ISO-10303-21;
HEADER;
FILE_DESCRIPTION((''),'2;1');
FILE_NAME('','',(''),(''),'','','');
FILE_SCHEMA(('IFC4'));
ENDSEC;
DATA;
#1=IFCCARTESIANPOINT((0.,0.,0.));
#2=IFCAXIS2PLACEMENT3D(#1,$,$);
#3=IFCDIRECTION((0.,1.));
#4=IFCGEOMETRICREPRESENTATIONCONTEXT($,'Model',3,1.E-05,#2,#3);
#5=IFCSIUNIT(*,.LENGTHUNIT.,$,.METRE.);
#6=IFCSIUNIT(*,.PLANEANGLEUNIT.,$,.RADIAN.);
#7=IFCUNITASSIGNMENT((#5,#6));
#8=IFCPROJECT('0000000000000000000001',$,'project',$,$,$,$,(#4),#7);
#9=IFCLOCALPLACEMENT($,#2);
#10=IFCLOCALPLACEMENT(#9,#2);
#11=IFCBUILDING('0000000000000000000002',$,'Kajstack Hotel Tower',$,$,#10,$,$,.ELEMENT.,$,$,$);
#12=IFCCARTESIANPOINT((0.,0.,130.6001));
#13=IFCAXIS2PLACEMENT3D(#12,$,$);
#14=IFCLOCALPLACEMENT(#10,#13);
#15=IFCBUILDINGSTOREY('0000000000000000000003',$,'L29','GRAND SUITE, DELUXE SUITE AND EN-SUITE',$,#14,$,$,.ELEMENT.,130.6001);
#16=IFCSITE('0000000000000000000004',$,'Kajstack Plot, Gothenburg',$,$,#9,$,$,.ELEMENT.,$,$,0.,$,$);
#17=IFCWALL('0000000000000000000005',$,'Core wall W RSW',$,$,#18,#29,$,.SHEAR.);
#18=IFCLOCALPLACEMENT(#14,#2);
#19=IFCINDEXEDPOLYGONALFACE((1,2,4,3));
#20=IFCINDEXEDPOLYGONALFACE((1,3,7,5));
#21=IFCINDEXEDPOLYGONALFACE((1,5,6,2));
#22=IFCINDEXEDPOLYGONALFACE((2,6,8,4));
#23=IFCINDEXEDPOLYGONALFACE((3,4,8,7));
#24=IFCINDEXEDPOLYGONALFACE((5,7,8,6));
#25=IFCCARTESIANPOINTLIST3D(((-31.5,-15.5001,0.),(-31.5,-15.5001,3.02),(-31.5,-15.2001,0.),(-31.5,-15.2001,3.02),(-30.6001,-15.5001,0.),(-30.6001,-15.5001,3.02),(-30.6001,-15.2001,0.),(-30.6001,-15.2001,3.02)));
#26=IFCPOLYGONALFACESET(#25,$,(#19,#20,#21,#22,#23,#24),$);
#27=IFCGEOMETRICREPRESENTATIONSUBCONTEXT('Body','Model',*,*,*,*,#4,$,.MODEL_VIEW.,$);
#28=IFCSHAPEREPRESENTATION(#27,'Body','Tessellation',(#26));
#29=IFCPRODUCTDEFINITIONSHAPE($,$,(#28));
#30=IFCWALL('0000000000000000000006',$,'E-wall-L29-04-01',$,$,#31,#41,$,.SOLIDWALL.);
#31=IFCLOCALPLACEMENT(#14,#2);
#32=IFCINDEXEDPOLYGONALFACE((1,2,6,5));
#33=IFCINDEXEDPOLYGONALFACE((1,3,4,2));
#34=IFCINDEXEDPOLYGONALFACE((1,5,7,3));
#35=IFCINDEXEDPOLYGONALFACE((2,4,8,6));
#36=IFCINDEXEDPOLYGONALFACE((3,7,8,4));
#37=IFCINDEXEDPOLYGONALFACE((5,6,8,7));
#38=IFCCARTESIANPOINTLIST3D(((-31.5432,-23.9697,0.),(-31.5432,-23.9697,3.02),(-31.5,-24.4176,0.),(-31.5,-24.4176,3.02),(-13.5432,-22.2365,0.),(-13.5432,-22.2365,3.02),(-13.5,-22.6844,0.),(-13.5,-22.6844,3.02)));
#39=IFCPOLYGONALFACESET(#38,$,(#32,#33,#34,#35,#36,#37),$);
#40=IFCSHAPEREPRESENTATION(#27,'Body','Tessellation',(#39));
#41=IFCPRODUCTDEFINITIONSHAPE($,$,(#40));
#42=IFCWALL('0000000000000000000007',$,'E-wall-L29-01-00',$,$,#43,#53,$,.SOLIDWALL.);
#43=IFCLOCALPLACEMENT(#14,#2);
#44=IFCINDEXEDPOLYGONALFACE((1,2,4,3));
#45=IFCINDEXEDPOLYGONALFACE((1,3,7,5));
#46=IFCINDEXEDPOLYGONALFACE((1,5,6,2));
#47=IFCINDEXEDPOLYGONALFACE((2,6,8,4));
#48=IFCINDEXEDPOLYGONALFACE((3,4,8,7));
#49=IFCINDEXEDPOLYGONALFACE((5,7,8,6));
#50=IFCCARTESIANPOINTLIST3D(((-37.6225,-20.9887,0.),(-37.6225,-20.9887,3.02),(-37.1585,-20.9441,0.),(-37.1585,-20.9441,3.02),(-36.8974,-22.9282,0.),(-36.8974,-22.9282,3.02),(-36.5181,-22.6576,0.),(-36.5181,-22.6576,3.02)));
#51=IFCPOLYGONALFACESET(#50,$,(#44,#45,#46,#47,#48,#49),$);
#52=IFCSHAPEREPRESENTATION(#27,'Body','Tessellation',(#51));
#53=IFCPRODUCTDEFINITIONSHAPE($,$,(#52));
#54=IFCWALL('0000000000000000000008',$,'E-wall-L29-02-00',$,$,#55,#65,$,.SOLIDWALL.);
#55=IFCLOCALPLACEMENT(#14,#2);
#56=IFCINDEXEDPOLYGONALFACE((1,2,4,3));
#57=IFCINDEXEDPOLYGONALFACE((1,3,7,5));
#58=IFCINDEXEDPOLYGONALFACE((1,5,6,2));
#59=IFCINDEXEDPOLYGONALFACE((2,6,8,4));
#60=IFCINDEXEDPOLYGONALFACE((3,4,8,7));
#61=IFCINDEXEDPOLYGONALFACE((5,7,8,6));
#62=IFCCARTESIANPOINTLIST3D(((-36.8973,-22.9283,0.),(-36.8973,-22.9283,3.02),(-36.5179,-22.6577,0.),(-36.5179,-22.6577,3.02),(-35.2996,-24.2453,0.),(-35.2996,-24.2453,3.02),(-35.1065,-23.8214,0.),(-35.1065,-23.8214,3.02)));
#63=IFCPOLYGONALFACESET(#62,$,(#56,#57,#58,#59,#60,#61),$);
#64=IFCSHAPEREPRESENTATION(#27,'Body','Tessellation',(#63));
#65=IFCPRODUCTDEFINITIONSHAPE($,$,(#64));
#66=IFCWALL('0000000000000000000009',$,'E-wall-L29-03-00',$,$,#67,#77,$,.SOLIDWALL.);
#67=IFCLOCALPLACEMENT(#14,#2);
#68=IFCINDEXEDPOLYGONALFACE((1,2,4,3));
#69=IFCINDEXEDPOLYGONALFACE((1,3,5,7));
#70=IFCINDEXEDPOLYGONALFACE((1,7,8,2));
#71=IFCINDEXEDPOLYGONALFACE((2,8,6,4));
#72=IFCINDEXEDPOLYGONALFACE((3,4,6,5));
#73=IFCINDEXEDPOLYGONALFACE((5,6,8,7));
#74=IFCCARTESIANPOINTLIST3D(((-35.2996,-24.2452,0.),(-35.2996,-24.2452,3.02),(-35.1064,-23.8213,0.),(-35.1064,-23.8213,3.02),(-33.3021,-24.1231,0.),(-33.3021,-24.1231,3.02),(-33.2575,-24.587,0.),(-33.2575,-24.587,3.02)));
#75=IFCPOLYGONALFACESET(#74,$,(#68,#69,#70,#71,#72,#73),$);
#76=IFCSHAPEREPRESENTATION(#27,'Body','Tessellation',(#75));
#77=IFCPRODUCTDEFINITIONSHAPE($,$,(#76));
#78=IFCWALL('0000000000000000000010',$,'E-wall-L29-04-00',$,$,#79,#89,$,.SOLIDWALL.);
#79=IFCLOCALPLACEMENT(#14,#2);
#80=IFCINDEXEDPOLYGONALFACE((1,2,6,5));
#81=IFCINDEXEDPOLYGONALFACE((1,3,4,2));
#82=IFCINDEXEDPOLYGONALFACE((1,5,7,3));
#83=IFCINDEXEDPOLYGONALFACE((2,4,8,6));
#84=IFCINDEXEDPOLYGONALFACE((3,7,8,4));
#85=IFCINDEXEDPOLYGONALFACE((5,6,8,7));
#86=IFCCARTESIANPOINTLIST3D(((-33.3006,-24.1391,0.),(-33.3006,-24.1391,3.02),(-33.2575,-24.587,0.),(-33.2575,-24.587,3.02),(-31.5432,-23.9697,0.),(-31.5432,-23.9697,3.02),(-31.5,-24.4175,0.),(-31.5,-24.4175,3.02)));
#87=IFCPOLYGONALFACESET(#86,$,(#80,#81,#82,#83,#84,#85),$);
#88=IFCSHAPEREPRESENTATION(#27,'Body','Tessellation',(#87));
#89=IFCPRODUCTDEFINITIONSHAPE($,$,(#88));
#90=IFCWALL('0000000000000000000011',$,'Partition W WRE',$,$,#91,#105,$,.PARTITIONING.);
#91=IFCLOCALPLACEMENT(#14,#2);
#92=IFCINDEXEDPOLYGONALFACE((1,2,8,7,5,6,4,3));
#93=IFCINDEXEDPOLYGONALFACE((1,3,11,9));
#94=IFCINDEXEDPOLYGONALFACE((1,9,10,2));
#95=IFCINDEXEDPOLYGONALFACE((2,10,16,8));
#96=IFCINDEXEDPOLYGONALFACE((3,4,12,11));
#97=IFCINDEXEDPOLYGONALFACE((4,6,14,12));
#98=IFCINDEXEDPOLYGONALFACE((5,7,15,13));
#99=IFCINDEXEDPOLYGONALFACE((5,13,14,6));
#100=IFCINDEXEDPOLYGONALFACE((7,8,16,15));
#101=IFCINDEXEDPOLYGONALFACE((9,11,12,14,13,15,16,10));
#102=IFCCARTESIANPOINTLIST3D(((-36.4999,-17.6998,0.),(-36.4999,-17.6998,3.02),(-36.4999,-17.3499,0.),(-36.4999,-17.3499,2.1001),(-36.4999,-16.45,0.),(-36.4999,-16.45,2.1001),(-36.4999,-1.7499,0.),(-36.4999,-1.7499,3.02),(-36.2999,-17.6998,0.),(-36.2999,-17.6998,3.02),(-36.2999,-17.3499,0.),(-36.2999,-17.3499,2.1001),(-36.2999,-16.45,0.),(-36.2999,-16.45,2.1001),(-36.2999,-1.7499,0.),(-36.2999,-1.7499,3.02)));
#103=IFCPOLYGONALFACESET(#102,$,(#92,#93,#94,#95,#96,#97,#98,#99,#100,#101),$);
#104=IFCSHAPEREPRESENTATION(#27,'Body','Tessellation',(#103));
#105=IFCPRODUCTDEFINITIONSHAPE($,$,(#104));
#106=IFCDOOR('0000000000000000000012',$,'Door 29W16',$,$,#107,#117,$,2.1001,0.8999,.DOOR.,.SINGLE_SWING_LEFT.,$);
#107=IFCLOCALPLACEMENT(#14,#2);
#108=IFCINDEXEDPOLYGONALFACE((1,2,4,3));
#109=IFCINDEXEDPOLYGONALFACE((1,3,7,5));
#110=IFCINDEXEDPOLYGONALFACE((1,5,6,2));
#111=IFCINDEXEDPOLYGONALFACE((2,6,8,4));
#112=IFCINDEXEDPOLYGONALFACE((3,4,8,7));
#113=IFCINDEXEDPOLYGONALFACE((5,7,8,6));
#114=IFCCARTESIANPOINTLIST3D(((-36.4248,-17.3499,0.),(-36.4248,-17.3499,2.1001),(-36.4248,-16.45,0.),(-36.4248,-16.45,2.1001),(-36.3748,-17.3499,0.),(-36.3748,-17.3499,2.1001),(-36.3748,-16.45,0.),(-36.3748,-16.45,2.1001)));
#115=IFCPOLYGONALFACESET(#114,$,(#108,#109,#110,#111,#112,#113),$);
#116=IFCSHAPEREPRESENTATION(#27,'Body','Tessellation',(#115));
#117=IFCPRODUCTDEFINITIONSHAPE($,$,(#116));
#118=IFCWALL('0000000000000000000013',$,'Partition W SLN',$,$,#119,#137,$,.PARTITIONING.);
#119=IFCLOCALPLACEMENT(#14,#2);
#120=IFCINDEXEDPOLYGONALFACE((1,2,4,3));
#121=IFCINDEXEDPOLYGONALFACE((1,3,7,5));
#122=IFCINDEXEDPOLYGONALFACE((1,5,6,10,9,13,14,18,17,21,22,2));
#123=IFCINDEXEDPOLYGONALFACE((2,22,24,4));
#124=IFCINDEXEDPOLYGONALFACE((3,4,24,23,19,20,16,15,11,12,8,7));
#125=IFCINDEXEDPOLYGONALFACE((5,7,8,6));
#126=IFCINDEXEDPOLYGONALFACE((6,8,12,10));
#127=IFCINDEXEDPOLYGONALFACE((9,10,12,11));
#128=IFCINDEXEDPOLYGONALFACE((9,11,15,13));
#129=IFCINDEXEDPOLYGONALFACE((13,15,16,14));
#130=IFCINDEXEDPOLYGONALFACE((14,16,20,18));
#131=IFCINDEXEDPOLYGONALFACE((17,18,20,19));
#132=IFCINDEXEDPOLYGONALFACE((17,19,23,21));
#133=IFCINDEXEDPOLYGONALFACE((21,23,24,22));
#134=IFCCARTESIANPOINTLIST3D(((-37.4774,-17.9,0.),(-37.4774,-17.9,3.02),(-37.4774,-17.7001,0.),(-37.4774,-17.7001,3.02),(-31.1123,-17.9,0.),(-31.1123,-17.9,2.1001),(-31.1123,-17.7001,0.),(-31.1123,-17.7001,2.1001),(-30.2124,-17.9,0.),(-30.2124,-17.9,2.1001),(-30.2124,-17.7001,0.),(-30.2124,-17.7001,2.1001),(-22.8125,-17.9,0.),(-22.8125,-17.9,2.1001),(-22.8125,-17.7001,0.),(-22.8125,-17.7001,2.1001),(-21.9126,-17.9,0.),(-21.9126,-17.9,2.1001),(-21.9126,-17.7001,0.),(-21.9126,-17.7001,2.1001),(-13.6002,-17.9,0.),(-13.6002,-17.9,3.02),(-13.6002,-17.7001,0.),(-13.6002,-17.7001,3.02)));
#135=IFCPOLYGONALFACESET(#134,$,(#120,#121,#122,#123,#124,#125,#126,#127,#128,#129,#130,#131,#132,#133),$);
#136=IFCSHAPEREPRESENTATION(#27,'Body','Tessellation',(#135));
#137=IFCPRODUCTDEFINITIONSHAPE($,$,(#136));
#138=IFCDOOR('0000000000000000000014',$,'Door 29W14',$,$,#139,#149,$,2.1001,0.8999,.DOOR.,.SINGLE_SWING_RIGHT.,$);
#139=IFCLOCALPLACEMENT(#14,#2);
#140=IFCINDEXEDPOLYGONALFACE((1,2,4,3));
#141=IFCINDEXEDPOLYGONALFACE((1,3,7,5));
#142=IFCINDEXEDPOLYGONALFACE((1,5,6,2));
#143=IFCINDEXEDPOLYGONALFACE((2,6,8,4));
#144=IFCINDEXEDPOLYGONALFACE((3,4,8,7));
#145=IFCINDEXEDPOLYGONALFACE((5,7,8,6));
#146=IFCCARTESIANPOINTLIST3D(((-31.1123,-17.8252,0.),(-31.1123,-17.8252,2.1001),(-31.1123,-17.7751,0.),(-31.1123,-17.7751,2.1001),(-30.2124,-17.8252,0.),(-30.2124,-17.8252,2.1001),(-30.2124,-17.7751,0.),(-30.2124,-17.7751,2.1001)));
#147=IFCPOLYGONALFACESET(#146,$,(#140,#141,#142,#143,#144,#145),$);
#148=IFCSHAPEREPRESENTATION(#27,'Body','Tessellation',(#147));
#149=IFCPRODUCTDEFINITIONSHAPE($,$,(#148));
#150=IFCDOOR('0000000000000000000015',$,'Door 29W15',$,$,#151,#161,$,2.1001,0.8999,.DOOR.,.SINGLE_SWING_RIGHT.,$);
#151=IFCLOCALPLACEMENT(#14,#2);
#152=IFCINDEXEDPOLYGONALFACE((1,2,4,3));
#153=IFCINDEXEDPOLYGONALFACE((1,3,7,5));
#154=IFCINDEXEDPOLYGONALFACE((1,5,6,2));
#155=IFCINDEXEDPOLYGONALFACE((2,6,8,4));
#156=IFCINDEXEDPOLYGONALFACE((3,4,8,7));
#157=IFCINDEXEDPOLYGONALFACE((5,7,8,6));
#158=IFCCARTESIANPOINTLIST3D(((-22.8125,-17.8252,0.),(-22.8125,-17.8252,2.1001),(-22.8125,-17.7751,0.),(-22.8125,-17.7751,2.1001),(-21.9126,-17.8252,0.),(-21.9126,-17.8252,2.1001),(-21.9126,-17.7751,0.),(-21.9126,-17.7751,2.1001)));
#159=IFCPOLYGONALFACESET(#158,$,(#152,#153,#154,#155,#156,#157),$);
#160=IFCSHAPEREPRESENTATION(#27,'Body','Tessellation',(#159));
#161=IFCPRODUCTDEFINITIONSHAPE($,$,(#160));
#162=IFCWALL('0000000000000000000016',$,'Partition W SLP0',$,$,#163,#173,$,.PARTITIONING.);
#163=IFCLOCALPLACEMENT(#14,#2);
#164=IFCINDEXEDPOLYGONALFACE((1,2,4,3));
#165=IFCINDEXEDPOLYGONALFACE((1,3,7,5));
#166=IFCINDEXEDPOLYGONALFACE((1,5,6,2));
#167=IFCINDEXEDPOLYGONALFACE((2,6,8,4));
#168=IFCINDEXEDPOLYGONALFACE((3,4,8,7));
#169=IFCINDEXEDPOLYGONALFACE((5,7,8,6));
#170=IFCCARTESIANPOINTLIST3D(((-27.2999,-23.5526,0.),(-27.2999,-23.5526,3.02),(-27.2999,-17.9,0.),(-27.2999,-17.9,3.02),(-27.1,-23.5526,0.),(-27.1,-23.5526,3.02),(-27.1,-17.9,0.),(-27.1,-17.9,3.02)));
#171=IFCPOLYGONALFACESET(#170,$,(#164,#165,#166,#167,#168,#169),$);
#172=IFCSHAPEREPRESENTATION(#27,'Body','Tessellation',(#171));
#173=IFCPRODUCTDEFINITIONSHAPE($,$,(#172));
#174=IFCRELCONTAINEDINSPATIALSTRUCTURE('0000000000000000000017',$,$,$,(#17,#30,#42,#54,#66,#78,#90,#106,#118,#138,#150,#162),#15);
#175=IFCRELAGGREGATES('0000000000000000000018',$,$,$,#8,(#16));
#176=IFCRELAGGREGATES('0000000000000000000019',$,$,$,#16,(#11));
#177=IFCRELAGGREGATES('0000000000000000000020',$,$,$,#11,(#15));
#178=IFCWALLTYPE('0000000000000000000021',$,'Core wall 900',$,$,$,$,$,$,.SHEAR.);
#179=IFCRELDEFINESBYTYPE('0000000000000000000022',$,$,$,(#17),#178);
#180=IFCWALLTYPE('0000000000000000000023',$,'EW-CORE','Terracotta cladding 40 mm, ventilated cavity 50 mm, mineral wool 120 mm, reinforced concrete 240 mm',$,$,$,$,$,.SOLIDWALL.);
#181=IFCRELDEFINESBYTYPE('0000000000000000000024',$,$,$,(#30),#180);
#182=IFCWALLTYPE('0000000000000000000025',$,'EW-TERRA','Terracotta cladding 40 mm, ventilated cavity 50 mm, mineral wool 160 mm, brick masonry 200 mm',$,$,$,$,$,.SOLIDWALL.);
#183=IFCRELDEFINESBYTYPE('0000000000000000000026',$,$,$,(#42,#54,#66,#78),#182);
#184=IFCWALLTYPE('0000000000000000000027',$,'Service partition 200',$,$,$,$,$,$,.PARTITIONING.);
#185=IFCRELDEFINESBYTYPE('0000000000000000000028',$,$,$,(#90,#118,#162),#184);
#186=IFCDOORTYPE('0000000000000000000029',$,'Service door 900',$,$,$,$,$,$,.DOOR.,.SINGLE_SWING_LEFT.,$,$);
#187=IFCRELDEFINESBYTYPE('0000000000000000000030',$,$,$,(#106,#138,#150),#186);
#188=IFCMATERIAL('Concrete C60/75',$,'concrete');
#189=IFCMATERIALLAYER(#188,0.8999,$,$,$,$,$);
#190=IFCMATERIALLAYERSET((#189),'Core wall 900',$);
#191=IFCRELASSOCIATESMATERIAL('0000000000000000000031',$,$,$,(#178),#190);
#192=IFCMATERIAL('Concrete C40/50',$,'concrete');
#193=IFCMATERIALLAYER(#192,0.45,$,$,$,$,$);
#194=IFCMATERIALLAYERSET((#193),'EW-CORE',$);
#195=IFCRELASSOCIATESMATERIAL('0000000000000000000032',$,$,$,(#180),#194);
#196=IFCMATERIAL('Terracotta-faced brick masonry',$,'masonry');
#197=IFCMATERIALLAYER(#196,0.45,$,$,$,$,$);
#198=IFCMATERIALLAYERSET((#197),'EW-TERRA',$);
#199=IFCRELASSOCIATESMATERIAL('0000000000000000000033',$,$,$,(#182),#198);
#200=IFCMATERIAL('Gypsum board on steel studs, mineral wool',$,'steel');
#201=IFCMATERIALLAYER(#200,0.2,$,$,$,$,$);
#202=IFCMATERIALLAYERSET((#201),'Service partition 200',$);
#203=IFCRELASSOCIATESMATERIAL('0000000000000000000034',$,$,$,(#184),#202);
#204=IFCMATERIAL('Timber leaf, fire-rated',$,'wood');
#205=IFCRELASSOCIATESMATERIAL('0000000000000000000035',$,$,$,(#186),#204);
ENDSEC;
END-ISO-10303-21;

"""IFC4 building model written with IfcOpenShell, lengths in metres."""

from ifc_helpers import new_model, si_unit, direction, frame, frame_2d, origin, place, context, subcontext, project, spatial, polyline, rectangle, outline, extrude, material, layer, layer_set, type_object, element, fill, save


model = new_model("IFC4")

# Units and contexts
model_context = context("Model", 3, precision=1e-05, world=origin(), true_north=direction((0.0, 1.0)))
body_context = subcontext(model_context, "Body", "Model", "MODEL_VIEW")
ifc_project = project(units=[si_unit("LENGTHUNIT", "METRE"), si_unit("PLANEANGLEUNIT", "RADIAN")], contexts=[model_context])

# Site, building, storey
site_placement = place(None, origin())
site = spatial("IfcSite", under=ifc_project, at=site_placement, Name="Kajstack Plot, Gothenburg", CompositionType="ELEMENT", RefElevation=0.0)
building_placement = place(site_placement, origin())
building = spatial("IfcBuilding", under=site, at=building_placement, Name="Kajstack Hotel Tower", CompositionType="ELEMENT")
storey_placement = place(building_placement, frame((0.0, 0.0, 130.6001)))
storey = spatial("IfcBuildingStorey", under=building, at=storey_placement, Name="L29", Description="GRAND SUITE, DELUXE SUITE AND EN-SUITE", CompositionType="ELEMENT", Elevation=130.6001)

# Walls
ifc_material_1 = material(Name="Concrete C60/75", Category="concrete")
ifc_layer_1 = layer(ifc_material_1, 0.8999)
ifc_layer_set_1 = layer_set([ifc_layer_1], Name="Core wall 900")
wall_type_1 = type_object("IfcWallType", Name="Core wall 900", PredefinedType="SHEAR", material=ifc_layer_set_1)
wall_1_placement = place(storey_placement, frame((-31.5, -15.3501, 0.0), z_axis=(0.0, 0.0, 1.0), x_axis=(1.0, 0.0, 0.0)))
element("IfcWall", 1, at=wall_1_placement, inside=storey, type_object=wall_type_1, Name="Core wall W RSW", PredefinedType="SHEAR", context=body_context, shape_type="SweptSolid", body=[
    extrude(rectangle(XDim=0.8999, YDim=0.3, at=frame_2d((0.45, 0.0))), origin(), (0.0, 0.0, 1.0), 3.02),
])
ifc_material_2 = material(Name="Concrete C40/50", Category="concrete")
ifc_layer_2 = layer(ifc_material_2, 0.45)
ifc_layer_set_2 = layer_set([ifc_layer_2], Name="EW-CORE")
wall_type_2 = type_object("IfcWallType", Name="EW-CORE", Description="Terracotta cladding 40 mm, ventilated cavity 50 mm, mineral wool 120 mm, reinforced concrete 240 mm", PredefinedType="SOLIDWALL", material=ifc_layer_set_2)
wall_2_placement = place(storey_placement, frame((-31.5215, -24.1936, 0.0), z_axis=(0.0, 0.0, 1.0), x_axis=(0.995396, 0.095843, 0.0)))
element("IfcWall", 2, at=wall_2_placement, inside=storey, type_object=wall_type_2, Name="E-wall-L29-04-01", PredefinedType="SOLIDWALL", context=body_context, shape_type="SweptSolid", body=[
    extrude(rectangle(XDim=18.0833, YDim=0.45, at=frame_2d((9.0415, 0.0))), origin(), (0.0, 0.0, 1.0), 3.02),
])
ifc_material_3 = material(Name="Terracotta-faced brick masonry", Category="masonry")
ifc_layer_3 = layer(ifc_material_3, 0.45)
ifc_layer_set_3 = layer_set([ifc_layer_3], Name="EW-TERRA")
wall_type_3 = type_object("IfcWallType", Name="EW-TERRA", Description="Terracotta cladding 40 mm, ventilated cavity 50 mm, mineral wool 160 mm, brick masonry 200 mm", PredefinedType="SOLIDWALL", material=ifc_layer_set_3)
for number, where, z_axis, x_axis, name in (
    (3, (-37.4116, -20.9099, 0.0), (0.0, 0.0, 1.0), (0.350193, -0.936678, 0.0), "E-wall-L29-01-00"),
    (4, (-36.7542, -22.7546, 0.0), (0.0, 0.0, 1.0), (0.771651, -0.636046, 0.0), "E-wall-L29-02-00"),
):
    element("IfcWall", number, at=place(storey_placement, frame(where, z_axis=z_axis, x_axis=x_axis)), inside=storey, type_object=wall_type_3, Name=name, PredefinedType="SOLIDWALL", context=body_context, shape_type="SweptSolid", body=[
        extrude(outline(polyline([(0.0, -0.2251), (2.0706, -0.2251), (1.95, 0.2249), (0.1206, 0.2251), (0.0, -0.2251)])), origin(), (0.0, 0.0, 1.0), 3.02),
    ])
wall_3_placement = place(storey_placement, frame((-35.2625, -24.0232, 0.0), z_axis=(0.0, 0.0, 1.0), x_axis=(0.986279, -0.165087, 0.0)))
element("IfcWall", 5, at=wall_3_placement, inside=storey, type_object=wall_type_3, Name="E-wall-L29-03-00", PredefinedType="SOLIDWALL", context=body_context, shape_type="SweptSolid", body=[
    extrude(outline(polyline([(0.0, -0.2251), (2.0706, -0.2251), (1.95, 0.2251), (0.1206, 0.2249), (0.0, -0.2251)])), origin(), (0.0, 0.0, 1.0), 3.02),
])
wall_4_placement = place(storey_placement, frame((-33.2791, -24.363, 0.0), z_axis=(0.0, 0.0, 1.0), x_axis=(0.995385, 0.095957, 0.0)))
element("IfcWall", 6, at=wall_4_placement, inside=storey, type_object=wall_type_3, Name="E-wall-L29-04-00", PredefinedType="SOLIDWALL", context=body_context, shape_type="SweptSolid", body=[
    extrude(rectangle(XDim=1.7656, YDim=0.45, at=frame_2d((0.8828, 0.0))), origin(), (0.0, 0.0, 1.0), 3.02),
])

# Wall, opening, door
ifc_material_4 = material(Name="Gypsum board on steel studs, mineral wool", Category="steel")
ifc_layer_4 = layer(ifc_material_4, 0.2)
ifc_layer_set_4 = layer_set([ifc_layer_4], Name="Service partition 200")
wall_type_4 = type_object("IfcWallType", Name="Service partition 200", PredefinedType="PARTITIONING", material=ifc_layer_set_4)
wall_5_placement = place(storey_placement, frame((-36.3999, -17.7, 0.0), z_axis=(0.0, 0.0, 1.0), x_axis=(0.0, 1.0, 0.0)))
wall_5 = element("IfcWall", 7, at=wall_5_placement, inside=storey, type_object=wall_type_4, Name="Partition W WRE", PredefinedType="PARTITIONING", context=body_context, shape_type="SweptSolid", body=[
    extrude(rectangle(XDim=15.95, YDim=0.2, at=frame_2d((7.9751, 0.0))), origin(), (0.0, 0.0, 1.0), 3.02),
])
opening_1_placement = place(wall_5_placement, frame((0.3501, 0.0, 0.0)))
opening_1 = element("IfcOpeningElement", 8, at=opening_1_placement, cuts=wall_5, PredefinedType="OPENING", context=body_context, shape_type="SweptSolid", body=[
    extrude(rectangle(XDim=0.8999, YDim=2.1001, at=frame_2d((0.45, 1.05))), frame((0.0, 0.1099, 0.0), z_axis=(0.0, -1.0, 0.0), x_axis=(1.0, 0.0, 0.0)), (0.0, 0.0, 1.0), 0.22),
])
ifc_material_5 = material(Name="Timber leaf, fire-rated", Category="wood")
door_type = type_object("IfcDoorType", Name="Service door 900", OperationType="SINGLE_SWING_LEFT", PredefinedType="DOOR", material=ifc_material_5)
door_1_placement = place(opening_1_placement, origin())
door_1 = element("IfcDoor", 9, at=door_1_placement, inside=storey, type_object=door_type, Name="Door 29W16", OperationType="SINGLE_SWING_LEFT", OverallHeight=2.1001, OverallWidth=0.8999, PredefinedType="DOOR", context=body_context, shape_type="SweptSolid", body=[
    extrude(rectangle(XDim=0.8999, YDim=2.1001, at=frame_2d((0.45, 1.05))), frame((0.0, 0.0249, 0.0), z_axis=(0.0, -1.0, 0.0), x_axis=(1.0, 0.0, 0.0)), (0.0, 0.0, 1.0), 0.05),
])
fill(opening_1, door_1)

# Wall, openings, doors
wall_6_placement = place(storey_placement, frame((-37.4773, -17.8, 0.0), z_axis=(0.0, 0.0, 1.0), x_axis=(1.0, 0.0, 0.0)))
wall_6 = element("IfcWall", 10, at=wall_6_placement, inside=storey, type_object=wall_type_4, Name="Partition W SLN", PredefinedType="PARTITIONING", context=body_context, shape_type="SweptSolid", body=[
    extrude(rectangle(XDim=23.8772, YDim=0.2, at=frame_2d((11.9385, 0.0))), origin(), (0.0, 0.0, 1.0), 3.02),
])
opening_2_placement = place(wall_6_placement, frame((6.365, 0.0, 0.0)))
opening_2 = element("IfcOpeningElement", 11, at=opening_2_placement, cuts=wall_6, PredefinedType="OPENING", context=body_context, shape_type="SweptSolid", body=[
    extrude(rectangle(XDim=0.8999, YDim=2.1001, at=frame_2d((0.45, 1.05))), frame((0.0, 0.1099, 0.0), z_axis=(0.0, -1.0, 0.0), x_axis=(1.0, 0.0, 0.0)), (0.0, 0.0, 1.0), 0.22),
])
opening_3_placement = place(wall_6_placement, frame((14.6648, 0.0, 0.0)))
opening_3 = element("IfcOpeningElement", 12, at=opening_3_placement, cuts=wall_6, PredefinedType="OPENING", context=body_context, shape_type="SweptSolid", body=[
    extrude(rectangle(XDim=0.8999, YDim=2.1001, at=frame_2d((0.45, 1.05))), frame((0.0, 0.1099, 0.0), z_axis=(0.0, -1.0, 0.0), x_axis=(1.0, 0.0, 0.0)), (0.0, 0.0, 1.0), 0.22),
])
door_2_placement = place(opening_2_placement, origin())
door_2 = element("IfcDoor", 13, at=door_2_placement, inside=storey, type_object=door_type, Name="Door 29W14", OperationType="SINGLE_SWING_RIGHT", OverallHeight=2.1001, OverallWidth=0.8999, PredefinedType="DOOR", context=body_context, shape_type="SweptSolid", body=[
    extrude(rectangle(XDim=0.8999, YDim=2.1001, at=frame_2d((0.45, 1.05))), frame((0.0, 0.0249, 0.0), z_axis=(0.0, -1.0, 0.0), x_axis=(1.0, 0.0, 0.0)), (0.0, 0.0, 1.0), 0.05),
])
fill(opening_2, door_2)
door_3_placement = place(opening_3_placement, origin())
door_3 = element("IfcDoor", 14, at=door_3_placement, inside=storey, type_object=door_type, Name="Door 29W15", OperationType="SINGLE_SWING_RIGHT", OverallHeight=2.1001, OverallWidth=0.8999, PredefinedType="DOOR", context=body_context, shape_type="SweptSolid", body=[
    extrude(rectangle(XDim=0.8999, YDim=2.1001, at=frame_2d((0.45, 1.05))), frame((0.0, 0.0249, 0.0), z_axis=(0.0, -1.0, 0.0), x_axis=(1.0, 0.0, 0.0)), (0.0, 0.0, 1.0), 0.05),
])
fill(opening_3, door_3)

# Wall
wall_7_placement = place(storey_placement, frame((-27.2, -23.5525, 0.0), z_axis=(0.0, 0.0, 1.0), x_axis=(0.0, 1.0, 0.0)))
element("IfcWall", 15, at=wall_7_placement, inside=storey, type_object=wall_type_4, Name="Partition W SLP0", PredefinedType="PARTITIONING", context=body_context, shape_type="SweptSolid", body=[
    extrude(rectangle(XDim=5.6526, YDim=0.2, at=frame_2d((2.8262, 0.0))), origin(), (0.0, 0.0, 1.0), 3.02),
])

save(model, "model.ifc")
